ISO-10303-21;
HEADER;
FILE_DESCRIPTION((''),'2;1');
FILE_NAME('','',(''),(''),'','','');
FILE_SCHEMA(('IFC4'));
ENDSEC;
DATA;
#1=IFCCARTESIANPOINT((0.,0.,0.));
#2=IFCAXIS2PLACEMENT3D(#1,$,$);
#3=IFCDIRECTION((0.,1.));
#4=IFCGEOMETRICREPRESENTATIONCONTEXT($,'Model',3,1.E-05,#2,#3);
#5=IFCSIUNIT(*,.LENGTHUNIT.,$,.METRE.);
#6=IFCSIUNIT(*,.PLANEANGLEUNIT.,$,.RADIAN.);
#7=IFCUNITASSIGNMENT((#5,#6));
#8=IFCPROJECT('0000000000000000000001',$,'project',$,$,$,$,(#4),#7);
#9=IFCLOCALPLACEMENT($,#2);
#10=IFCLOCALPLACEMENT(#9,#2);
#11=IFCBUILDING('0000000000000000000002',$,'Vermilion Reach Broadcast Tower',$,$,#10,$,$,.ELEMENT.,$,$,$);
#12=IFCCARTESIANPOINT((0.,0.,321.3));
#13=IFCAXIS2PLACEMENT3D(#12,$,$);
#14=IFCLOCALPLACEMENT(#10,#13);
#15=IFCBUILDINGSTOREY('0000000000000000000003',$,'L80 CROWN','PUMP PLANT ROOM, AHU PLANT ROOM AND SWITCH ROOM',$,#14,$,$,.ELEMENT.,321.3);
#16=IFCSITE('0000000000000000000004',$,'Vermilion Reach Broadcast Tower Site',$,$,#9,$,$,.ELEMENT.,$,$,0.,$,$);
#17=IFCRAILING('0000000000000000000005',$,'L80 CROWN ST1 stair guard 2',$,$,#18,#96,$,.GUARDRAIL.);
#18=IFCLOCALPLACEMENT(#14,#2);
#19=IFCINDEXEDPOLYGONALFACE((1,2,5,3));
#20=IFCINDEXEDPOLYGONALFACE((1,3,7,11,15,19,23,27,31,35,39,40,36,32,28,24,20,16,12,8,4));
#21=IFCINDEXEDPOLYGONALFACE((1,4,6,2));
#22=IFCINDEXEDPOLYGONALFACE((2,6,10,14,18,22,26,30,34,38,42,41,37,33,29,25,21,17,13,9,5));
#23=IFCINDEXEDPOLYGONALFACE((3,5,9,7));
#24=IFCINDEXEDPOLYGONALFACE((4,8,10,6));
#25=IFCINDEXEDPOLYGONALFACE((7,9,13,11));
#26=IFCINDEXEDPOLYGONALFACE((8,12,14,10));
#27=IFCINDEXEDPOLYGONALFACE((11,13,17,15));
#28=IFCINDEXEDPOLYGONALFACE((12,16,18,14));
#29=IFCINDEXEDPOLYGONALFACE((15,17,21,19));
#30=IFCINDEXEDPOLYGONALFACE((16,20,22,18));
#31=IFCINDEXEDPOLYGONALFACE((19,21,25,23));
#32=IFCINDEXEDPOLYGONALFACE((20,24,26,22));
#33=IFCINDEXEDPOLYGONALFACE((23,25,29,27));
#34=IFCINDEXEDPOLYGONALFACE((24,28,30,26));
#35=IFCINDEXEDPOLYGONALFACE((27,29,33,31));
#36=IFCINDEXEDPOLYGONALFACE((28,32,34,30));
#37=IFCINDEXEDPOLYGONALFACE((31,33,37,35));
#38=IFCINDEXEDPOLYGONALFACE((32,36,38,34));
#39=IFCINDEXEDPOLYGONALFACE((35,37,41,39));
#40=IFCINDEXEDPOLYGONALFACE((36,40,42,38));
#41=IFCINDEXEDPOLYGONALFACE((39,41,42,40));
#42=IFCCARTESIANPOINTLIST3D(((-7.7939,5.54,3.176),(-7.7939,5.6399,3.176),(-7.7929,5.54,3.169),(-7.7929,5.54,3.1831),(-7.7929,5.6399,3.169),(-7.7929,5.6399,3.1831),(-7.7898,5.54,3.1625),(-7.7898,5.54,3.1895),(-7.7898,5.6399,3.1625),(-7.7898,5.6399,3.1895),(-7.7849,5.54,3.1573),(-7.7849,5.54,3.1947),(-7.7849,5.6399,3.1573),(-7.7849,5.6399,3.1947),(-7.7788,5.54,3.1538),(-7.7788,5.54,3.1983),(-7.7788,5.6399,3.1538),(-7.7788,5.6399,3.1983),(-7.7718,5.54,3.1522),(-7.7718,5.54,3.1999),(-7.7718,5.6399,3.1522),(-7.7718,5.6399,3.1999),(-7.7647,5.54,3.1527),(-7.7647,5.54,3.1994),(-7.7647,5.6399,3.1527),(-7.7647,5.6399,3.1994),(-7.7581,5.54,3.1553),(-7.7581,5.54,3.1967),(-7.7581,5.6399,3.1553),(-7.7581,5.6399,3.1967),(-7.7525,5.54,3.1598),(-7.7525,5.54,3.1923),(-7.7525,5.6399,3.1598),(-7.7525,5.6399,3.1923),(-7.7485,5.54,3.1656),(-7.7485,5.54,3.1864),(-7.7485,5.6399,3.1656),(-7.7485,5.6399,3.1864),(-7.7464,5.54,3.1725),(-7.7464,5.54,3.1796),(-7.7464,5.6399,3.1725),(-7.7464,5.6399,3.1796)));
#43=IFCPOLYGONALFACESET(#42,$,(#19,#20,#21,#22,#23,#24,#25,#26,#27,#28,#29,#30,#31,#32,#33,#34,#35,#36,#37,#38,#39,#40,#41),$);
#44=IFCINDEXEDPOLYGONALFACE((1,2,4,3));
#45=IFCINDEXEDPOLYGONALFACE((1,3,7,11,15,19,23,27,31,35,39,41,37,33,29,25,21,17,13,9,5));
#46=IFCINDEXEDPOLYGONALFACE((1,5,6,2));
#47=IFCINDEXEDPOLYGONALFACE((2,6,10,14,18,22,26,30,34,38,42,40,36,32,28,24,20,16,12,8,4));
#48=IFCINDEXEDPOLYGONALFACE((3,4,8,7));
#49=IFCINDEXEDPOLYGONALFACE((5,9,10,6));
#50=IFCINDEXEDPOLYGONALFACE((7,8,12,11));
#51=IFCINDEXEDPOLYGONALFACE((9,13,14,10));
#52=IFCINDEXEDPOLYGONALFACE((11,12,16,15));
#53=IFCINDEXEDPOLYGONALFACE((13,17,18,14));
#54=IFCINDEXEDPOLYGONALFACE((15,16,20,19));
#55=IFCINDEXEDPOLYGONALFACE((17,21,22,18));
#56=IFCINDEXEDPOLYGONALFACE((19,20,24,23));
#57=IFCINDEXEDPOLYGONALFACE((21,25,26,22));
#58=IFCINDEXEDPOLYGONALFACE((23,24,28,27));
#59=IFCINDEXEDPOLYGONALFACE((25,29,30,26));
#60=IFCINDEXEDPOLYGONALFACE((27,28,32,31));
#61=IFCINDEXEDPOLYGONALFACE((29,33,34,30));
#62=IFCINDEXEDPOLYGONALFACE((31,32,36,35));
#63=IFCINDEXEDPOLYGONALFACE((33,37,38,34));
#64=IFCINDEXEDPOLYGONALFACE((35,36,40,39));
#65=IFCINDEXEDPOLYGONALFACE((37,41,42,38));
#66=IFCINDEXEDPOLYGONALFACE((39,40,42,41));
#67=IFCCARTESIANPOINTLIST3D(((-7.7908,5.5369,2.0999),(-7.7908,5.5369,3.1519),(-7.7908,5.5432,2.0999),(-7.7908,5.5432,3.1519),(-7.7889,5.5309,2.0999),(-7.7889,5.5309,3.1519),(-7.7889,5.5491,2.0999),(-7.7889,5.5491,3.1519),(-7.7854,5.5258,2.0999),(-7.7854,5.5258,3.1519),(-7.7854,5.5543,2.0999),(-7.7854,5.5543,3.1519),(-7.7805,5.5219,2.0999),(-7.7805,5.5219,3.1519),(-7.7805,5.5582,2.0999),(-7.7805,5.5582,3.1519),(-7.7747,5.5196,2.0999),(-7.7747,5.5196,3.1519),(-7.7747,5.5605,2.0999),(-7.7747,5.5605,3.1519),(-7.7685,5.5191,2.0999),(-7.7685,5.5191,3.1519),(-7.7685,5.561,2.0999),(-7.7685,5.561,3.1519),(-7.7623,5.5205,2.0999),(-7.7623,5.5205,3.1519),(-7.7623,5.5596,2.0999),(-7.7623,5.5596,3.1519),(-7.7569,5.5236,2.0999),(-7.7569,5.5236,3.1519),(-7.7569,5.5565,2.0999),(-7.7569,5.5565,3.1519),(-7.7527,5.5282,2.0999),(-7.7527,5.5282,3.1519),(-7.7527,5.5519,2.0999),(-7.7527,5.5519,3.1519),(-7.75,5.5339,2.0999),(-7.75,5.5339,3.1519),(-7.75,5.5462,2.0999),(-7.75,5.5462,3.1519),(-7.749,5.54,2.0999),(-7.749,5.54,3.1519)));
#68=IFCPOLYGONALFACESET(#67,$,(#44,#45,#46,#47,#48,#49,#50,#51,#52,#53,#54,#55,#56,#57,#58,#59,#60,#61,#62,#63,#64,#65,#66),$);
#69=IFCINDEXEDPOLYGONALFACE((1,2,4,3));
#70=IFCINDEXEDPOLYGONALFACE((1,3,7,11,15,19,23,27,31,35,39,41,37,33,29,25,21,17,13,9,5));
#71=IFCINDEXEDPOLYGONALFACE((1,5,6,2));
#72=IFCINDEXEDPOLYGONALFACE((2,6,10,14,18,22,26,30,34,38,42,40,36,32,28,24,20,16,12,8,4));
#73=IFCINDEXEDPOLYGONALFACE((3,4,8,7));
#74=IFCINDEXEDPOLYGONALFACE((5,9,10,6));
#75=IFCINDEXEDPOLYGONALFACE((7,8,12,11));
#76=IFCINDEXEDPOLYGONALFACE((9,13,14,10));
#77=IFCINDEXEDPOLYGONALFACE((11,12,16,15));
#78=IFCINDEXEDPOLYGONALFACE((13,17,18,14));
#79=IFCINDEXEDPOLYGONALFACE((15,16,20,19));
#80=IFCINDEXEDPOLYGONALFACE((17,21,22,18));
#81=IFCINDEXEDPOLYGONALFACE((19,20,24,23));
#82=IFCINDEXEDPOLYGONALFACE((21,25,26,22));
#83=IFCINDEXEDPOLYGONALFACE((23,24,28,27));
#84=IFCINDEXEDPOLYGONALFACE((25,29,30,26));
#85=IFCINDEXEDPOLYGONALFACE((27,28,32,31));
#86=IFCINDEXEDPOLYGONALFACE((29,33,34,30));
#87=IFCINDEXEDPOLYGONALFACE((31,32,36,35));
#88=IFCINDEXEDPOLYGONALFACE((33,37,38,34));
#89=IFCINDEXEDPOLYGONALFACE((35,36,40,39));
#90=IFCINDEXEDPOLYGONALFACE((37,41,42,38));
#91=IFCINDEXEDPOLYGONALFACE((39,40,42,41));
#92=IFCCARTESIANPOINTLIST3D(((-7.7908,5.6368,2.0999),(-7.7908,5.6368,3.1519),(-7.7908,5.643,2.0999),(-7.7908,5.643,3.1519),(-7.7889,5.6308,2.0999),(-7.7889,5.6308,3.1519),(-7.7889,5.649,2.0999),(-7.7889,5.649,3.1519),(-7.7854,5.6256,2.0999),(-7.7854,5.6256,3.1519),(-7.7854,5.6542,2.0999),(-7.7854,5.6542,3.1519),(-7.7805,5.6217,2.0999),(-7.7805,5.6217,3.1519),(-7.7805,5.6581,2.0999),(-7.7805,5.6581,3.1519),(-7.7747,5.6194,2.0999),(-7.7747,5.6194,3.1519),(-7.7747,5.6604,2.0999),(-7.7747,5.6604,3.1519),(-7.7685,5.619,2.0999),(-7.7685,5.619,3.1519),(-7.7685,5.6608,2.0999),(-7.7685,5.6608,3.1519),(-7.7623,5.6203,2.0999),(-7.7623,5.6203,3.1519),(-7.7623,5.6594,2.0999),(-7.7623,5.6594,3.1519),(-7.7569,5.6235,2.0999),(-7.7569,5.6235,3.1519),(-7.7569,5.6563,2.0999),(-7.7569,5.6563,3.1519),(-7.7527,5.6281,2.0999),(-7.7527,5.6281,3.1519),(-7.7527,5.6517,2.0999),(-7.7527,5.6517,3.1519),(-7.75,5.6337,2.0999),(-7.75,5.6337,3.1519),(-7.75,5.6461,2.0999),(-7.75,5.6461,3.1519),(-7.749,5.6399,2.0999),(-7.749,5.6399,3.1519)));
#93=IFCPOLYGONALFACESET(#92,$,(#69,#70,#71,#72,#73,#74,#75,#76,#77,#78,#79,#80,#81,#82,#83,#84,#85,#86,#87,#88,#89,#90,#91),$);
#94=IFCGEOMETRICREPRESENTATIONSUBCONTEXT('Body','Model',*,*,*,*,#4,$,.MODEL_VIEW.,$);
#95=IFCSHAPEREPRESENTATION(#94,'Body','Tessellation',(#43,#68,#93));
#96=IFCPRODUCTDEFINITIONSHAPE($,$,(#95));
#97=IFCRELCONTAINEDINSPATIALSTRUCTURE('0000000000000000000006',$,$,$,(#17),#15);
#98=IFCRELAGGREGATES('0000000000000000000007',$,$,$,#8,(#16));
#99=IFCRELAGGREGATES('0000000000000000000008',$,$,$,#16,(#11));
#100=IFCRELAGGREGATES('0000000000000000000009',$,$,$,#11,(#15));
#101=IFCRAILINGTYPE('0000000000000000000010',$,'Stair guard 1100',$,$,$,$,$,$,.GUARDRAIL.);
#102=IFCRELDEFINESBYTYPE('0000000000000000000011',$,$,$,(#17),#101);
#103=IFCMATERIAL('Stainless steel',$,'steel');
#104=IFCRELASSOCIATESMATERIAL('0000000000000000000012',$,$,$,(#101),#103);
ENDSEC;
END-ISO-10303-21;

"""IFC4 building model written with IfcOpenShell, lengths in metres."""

from ifc_helpers import new_model, si_unit, direction, frame, origin, origin_2d, place, context, subcontext, project, spatial, circle, extrude, material, type_object, element, save


model = new_model("IFC4")

# Units and contexts
model_context = context("Model", 3, precision=1e-05, world=origin(), true_north=direction((0.0, 1.0)))
body_context = subcontext(model_context, "Body", "Model", "MODEL_VIEW")
ifc_project = project(units=[si_unit("LENGTHUNIT", "METRE"), si_unit("PLANEANGLEUNIT", "RADIAN")], contexts=[model_context])

# Site, building, storey
site_placement = place(None, origin())
site = spatial("IfcSite", under=ifc_project, at=site_placement, Name="Vermilion Reach Broadcast Tower Site", CompositionType="ELEMENT", RefElevation=0.0)
building_placement = place(site_placement, origin())
building = spatial("IfcBuilding", under=site, at=building_placement, Name="Vermilion Reach Broadcast Tower", CompositionType="ELEMENT")
storey_placement = place(building_placement, frame((0.0, 0.0, 321.3)))
storey = spatial("IfcBuildingStorey", under=building, at=storey_placement, Name="L80 CROWN", Description="PUMP PLANT ROOM, AHU PLANT ROOM AND SWITCH ROOM", CompositionType="ELEMENT", Elevation=321.3)

# Railing
ifc_material_1 = material(Name="Stainless steel", Category="steel")
railing_type_1 = type_object("IfcRailingType", Name="Stair guard 1100", PredefinedType="GUARDRAIL", material=ifc_material_1)
railing_1_placement = place(storey_placement, frame((-7.77, 5.54, 2.0999)))
element("IfcRailing", 1, at=railing_1_placement, inside=storey, type_object=railing_type_1, Name="L80 CROWN ST1 stair guard 2", PredefinedType="GUARDRAIL", context=body_context, shape_type="SweptSolid", body=[
    extrude(circle(Radius=0.0239, at=origin_2d()), frame((0.0, 0.0, 1.0762), z_axis=(0.0, 1.0, 0.0), x_axis=(-1.0, 0.0, 0.0)), (0.0, 0.0, 1.0), 0.0999),
    extrude(circle(Radius=0.021, at=origin_2d()), origin(), (0.0, 0.0, 1.0), 1.052),
    extrude(circle(Radius=0.021, at=origin_2d()), frame((0.0, 0.0999, 0.0)), (0.0, 0.0, 1.0), 1.052),
])

save(model, "model.ifc")
